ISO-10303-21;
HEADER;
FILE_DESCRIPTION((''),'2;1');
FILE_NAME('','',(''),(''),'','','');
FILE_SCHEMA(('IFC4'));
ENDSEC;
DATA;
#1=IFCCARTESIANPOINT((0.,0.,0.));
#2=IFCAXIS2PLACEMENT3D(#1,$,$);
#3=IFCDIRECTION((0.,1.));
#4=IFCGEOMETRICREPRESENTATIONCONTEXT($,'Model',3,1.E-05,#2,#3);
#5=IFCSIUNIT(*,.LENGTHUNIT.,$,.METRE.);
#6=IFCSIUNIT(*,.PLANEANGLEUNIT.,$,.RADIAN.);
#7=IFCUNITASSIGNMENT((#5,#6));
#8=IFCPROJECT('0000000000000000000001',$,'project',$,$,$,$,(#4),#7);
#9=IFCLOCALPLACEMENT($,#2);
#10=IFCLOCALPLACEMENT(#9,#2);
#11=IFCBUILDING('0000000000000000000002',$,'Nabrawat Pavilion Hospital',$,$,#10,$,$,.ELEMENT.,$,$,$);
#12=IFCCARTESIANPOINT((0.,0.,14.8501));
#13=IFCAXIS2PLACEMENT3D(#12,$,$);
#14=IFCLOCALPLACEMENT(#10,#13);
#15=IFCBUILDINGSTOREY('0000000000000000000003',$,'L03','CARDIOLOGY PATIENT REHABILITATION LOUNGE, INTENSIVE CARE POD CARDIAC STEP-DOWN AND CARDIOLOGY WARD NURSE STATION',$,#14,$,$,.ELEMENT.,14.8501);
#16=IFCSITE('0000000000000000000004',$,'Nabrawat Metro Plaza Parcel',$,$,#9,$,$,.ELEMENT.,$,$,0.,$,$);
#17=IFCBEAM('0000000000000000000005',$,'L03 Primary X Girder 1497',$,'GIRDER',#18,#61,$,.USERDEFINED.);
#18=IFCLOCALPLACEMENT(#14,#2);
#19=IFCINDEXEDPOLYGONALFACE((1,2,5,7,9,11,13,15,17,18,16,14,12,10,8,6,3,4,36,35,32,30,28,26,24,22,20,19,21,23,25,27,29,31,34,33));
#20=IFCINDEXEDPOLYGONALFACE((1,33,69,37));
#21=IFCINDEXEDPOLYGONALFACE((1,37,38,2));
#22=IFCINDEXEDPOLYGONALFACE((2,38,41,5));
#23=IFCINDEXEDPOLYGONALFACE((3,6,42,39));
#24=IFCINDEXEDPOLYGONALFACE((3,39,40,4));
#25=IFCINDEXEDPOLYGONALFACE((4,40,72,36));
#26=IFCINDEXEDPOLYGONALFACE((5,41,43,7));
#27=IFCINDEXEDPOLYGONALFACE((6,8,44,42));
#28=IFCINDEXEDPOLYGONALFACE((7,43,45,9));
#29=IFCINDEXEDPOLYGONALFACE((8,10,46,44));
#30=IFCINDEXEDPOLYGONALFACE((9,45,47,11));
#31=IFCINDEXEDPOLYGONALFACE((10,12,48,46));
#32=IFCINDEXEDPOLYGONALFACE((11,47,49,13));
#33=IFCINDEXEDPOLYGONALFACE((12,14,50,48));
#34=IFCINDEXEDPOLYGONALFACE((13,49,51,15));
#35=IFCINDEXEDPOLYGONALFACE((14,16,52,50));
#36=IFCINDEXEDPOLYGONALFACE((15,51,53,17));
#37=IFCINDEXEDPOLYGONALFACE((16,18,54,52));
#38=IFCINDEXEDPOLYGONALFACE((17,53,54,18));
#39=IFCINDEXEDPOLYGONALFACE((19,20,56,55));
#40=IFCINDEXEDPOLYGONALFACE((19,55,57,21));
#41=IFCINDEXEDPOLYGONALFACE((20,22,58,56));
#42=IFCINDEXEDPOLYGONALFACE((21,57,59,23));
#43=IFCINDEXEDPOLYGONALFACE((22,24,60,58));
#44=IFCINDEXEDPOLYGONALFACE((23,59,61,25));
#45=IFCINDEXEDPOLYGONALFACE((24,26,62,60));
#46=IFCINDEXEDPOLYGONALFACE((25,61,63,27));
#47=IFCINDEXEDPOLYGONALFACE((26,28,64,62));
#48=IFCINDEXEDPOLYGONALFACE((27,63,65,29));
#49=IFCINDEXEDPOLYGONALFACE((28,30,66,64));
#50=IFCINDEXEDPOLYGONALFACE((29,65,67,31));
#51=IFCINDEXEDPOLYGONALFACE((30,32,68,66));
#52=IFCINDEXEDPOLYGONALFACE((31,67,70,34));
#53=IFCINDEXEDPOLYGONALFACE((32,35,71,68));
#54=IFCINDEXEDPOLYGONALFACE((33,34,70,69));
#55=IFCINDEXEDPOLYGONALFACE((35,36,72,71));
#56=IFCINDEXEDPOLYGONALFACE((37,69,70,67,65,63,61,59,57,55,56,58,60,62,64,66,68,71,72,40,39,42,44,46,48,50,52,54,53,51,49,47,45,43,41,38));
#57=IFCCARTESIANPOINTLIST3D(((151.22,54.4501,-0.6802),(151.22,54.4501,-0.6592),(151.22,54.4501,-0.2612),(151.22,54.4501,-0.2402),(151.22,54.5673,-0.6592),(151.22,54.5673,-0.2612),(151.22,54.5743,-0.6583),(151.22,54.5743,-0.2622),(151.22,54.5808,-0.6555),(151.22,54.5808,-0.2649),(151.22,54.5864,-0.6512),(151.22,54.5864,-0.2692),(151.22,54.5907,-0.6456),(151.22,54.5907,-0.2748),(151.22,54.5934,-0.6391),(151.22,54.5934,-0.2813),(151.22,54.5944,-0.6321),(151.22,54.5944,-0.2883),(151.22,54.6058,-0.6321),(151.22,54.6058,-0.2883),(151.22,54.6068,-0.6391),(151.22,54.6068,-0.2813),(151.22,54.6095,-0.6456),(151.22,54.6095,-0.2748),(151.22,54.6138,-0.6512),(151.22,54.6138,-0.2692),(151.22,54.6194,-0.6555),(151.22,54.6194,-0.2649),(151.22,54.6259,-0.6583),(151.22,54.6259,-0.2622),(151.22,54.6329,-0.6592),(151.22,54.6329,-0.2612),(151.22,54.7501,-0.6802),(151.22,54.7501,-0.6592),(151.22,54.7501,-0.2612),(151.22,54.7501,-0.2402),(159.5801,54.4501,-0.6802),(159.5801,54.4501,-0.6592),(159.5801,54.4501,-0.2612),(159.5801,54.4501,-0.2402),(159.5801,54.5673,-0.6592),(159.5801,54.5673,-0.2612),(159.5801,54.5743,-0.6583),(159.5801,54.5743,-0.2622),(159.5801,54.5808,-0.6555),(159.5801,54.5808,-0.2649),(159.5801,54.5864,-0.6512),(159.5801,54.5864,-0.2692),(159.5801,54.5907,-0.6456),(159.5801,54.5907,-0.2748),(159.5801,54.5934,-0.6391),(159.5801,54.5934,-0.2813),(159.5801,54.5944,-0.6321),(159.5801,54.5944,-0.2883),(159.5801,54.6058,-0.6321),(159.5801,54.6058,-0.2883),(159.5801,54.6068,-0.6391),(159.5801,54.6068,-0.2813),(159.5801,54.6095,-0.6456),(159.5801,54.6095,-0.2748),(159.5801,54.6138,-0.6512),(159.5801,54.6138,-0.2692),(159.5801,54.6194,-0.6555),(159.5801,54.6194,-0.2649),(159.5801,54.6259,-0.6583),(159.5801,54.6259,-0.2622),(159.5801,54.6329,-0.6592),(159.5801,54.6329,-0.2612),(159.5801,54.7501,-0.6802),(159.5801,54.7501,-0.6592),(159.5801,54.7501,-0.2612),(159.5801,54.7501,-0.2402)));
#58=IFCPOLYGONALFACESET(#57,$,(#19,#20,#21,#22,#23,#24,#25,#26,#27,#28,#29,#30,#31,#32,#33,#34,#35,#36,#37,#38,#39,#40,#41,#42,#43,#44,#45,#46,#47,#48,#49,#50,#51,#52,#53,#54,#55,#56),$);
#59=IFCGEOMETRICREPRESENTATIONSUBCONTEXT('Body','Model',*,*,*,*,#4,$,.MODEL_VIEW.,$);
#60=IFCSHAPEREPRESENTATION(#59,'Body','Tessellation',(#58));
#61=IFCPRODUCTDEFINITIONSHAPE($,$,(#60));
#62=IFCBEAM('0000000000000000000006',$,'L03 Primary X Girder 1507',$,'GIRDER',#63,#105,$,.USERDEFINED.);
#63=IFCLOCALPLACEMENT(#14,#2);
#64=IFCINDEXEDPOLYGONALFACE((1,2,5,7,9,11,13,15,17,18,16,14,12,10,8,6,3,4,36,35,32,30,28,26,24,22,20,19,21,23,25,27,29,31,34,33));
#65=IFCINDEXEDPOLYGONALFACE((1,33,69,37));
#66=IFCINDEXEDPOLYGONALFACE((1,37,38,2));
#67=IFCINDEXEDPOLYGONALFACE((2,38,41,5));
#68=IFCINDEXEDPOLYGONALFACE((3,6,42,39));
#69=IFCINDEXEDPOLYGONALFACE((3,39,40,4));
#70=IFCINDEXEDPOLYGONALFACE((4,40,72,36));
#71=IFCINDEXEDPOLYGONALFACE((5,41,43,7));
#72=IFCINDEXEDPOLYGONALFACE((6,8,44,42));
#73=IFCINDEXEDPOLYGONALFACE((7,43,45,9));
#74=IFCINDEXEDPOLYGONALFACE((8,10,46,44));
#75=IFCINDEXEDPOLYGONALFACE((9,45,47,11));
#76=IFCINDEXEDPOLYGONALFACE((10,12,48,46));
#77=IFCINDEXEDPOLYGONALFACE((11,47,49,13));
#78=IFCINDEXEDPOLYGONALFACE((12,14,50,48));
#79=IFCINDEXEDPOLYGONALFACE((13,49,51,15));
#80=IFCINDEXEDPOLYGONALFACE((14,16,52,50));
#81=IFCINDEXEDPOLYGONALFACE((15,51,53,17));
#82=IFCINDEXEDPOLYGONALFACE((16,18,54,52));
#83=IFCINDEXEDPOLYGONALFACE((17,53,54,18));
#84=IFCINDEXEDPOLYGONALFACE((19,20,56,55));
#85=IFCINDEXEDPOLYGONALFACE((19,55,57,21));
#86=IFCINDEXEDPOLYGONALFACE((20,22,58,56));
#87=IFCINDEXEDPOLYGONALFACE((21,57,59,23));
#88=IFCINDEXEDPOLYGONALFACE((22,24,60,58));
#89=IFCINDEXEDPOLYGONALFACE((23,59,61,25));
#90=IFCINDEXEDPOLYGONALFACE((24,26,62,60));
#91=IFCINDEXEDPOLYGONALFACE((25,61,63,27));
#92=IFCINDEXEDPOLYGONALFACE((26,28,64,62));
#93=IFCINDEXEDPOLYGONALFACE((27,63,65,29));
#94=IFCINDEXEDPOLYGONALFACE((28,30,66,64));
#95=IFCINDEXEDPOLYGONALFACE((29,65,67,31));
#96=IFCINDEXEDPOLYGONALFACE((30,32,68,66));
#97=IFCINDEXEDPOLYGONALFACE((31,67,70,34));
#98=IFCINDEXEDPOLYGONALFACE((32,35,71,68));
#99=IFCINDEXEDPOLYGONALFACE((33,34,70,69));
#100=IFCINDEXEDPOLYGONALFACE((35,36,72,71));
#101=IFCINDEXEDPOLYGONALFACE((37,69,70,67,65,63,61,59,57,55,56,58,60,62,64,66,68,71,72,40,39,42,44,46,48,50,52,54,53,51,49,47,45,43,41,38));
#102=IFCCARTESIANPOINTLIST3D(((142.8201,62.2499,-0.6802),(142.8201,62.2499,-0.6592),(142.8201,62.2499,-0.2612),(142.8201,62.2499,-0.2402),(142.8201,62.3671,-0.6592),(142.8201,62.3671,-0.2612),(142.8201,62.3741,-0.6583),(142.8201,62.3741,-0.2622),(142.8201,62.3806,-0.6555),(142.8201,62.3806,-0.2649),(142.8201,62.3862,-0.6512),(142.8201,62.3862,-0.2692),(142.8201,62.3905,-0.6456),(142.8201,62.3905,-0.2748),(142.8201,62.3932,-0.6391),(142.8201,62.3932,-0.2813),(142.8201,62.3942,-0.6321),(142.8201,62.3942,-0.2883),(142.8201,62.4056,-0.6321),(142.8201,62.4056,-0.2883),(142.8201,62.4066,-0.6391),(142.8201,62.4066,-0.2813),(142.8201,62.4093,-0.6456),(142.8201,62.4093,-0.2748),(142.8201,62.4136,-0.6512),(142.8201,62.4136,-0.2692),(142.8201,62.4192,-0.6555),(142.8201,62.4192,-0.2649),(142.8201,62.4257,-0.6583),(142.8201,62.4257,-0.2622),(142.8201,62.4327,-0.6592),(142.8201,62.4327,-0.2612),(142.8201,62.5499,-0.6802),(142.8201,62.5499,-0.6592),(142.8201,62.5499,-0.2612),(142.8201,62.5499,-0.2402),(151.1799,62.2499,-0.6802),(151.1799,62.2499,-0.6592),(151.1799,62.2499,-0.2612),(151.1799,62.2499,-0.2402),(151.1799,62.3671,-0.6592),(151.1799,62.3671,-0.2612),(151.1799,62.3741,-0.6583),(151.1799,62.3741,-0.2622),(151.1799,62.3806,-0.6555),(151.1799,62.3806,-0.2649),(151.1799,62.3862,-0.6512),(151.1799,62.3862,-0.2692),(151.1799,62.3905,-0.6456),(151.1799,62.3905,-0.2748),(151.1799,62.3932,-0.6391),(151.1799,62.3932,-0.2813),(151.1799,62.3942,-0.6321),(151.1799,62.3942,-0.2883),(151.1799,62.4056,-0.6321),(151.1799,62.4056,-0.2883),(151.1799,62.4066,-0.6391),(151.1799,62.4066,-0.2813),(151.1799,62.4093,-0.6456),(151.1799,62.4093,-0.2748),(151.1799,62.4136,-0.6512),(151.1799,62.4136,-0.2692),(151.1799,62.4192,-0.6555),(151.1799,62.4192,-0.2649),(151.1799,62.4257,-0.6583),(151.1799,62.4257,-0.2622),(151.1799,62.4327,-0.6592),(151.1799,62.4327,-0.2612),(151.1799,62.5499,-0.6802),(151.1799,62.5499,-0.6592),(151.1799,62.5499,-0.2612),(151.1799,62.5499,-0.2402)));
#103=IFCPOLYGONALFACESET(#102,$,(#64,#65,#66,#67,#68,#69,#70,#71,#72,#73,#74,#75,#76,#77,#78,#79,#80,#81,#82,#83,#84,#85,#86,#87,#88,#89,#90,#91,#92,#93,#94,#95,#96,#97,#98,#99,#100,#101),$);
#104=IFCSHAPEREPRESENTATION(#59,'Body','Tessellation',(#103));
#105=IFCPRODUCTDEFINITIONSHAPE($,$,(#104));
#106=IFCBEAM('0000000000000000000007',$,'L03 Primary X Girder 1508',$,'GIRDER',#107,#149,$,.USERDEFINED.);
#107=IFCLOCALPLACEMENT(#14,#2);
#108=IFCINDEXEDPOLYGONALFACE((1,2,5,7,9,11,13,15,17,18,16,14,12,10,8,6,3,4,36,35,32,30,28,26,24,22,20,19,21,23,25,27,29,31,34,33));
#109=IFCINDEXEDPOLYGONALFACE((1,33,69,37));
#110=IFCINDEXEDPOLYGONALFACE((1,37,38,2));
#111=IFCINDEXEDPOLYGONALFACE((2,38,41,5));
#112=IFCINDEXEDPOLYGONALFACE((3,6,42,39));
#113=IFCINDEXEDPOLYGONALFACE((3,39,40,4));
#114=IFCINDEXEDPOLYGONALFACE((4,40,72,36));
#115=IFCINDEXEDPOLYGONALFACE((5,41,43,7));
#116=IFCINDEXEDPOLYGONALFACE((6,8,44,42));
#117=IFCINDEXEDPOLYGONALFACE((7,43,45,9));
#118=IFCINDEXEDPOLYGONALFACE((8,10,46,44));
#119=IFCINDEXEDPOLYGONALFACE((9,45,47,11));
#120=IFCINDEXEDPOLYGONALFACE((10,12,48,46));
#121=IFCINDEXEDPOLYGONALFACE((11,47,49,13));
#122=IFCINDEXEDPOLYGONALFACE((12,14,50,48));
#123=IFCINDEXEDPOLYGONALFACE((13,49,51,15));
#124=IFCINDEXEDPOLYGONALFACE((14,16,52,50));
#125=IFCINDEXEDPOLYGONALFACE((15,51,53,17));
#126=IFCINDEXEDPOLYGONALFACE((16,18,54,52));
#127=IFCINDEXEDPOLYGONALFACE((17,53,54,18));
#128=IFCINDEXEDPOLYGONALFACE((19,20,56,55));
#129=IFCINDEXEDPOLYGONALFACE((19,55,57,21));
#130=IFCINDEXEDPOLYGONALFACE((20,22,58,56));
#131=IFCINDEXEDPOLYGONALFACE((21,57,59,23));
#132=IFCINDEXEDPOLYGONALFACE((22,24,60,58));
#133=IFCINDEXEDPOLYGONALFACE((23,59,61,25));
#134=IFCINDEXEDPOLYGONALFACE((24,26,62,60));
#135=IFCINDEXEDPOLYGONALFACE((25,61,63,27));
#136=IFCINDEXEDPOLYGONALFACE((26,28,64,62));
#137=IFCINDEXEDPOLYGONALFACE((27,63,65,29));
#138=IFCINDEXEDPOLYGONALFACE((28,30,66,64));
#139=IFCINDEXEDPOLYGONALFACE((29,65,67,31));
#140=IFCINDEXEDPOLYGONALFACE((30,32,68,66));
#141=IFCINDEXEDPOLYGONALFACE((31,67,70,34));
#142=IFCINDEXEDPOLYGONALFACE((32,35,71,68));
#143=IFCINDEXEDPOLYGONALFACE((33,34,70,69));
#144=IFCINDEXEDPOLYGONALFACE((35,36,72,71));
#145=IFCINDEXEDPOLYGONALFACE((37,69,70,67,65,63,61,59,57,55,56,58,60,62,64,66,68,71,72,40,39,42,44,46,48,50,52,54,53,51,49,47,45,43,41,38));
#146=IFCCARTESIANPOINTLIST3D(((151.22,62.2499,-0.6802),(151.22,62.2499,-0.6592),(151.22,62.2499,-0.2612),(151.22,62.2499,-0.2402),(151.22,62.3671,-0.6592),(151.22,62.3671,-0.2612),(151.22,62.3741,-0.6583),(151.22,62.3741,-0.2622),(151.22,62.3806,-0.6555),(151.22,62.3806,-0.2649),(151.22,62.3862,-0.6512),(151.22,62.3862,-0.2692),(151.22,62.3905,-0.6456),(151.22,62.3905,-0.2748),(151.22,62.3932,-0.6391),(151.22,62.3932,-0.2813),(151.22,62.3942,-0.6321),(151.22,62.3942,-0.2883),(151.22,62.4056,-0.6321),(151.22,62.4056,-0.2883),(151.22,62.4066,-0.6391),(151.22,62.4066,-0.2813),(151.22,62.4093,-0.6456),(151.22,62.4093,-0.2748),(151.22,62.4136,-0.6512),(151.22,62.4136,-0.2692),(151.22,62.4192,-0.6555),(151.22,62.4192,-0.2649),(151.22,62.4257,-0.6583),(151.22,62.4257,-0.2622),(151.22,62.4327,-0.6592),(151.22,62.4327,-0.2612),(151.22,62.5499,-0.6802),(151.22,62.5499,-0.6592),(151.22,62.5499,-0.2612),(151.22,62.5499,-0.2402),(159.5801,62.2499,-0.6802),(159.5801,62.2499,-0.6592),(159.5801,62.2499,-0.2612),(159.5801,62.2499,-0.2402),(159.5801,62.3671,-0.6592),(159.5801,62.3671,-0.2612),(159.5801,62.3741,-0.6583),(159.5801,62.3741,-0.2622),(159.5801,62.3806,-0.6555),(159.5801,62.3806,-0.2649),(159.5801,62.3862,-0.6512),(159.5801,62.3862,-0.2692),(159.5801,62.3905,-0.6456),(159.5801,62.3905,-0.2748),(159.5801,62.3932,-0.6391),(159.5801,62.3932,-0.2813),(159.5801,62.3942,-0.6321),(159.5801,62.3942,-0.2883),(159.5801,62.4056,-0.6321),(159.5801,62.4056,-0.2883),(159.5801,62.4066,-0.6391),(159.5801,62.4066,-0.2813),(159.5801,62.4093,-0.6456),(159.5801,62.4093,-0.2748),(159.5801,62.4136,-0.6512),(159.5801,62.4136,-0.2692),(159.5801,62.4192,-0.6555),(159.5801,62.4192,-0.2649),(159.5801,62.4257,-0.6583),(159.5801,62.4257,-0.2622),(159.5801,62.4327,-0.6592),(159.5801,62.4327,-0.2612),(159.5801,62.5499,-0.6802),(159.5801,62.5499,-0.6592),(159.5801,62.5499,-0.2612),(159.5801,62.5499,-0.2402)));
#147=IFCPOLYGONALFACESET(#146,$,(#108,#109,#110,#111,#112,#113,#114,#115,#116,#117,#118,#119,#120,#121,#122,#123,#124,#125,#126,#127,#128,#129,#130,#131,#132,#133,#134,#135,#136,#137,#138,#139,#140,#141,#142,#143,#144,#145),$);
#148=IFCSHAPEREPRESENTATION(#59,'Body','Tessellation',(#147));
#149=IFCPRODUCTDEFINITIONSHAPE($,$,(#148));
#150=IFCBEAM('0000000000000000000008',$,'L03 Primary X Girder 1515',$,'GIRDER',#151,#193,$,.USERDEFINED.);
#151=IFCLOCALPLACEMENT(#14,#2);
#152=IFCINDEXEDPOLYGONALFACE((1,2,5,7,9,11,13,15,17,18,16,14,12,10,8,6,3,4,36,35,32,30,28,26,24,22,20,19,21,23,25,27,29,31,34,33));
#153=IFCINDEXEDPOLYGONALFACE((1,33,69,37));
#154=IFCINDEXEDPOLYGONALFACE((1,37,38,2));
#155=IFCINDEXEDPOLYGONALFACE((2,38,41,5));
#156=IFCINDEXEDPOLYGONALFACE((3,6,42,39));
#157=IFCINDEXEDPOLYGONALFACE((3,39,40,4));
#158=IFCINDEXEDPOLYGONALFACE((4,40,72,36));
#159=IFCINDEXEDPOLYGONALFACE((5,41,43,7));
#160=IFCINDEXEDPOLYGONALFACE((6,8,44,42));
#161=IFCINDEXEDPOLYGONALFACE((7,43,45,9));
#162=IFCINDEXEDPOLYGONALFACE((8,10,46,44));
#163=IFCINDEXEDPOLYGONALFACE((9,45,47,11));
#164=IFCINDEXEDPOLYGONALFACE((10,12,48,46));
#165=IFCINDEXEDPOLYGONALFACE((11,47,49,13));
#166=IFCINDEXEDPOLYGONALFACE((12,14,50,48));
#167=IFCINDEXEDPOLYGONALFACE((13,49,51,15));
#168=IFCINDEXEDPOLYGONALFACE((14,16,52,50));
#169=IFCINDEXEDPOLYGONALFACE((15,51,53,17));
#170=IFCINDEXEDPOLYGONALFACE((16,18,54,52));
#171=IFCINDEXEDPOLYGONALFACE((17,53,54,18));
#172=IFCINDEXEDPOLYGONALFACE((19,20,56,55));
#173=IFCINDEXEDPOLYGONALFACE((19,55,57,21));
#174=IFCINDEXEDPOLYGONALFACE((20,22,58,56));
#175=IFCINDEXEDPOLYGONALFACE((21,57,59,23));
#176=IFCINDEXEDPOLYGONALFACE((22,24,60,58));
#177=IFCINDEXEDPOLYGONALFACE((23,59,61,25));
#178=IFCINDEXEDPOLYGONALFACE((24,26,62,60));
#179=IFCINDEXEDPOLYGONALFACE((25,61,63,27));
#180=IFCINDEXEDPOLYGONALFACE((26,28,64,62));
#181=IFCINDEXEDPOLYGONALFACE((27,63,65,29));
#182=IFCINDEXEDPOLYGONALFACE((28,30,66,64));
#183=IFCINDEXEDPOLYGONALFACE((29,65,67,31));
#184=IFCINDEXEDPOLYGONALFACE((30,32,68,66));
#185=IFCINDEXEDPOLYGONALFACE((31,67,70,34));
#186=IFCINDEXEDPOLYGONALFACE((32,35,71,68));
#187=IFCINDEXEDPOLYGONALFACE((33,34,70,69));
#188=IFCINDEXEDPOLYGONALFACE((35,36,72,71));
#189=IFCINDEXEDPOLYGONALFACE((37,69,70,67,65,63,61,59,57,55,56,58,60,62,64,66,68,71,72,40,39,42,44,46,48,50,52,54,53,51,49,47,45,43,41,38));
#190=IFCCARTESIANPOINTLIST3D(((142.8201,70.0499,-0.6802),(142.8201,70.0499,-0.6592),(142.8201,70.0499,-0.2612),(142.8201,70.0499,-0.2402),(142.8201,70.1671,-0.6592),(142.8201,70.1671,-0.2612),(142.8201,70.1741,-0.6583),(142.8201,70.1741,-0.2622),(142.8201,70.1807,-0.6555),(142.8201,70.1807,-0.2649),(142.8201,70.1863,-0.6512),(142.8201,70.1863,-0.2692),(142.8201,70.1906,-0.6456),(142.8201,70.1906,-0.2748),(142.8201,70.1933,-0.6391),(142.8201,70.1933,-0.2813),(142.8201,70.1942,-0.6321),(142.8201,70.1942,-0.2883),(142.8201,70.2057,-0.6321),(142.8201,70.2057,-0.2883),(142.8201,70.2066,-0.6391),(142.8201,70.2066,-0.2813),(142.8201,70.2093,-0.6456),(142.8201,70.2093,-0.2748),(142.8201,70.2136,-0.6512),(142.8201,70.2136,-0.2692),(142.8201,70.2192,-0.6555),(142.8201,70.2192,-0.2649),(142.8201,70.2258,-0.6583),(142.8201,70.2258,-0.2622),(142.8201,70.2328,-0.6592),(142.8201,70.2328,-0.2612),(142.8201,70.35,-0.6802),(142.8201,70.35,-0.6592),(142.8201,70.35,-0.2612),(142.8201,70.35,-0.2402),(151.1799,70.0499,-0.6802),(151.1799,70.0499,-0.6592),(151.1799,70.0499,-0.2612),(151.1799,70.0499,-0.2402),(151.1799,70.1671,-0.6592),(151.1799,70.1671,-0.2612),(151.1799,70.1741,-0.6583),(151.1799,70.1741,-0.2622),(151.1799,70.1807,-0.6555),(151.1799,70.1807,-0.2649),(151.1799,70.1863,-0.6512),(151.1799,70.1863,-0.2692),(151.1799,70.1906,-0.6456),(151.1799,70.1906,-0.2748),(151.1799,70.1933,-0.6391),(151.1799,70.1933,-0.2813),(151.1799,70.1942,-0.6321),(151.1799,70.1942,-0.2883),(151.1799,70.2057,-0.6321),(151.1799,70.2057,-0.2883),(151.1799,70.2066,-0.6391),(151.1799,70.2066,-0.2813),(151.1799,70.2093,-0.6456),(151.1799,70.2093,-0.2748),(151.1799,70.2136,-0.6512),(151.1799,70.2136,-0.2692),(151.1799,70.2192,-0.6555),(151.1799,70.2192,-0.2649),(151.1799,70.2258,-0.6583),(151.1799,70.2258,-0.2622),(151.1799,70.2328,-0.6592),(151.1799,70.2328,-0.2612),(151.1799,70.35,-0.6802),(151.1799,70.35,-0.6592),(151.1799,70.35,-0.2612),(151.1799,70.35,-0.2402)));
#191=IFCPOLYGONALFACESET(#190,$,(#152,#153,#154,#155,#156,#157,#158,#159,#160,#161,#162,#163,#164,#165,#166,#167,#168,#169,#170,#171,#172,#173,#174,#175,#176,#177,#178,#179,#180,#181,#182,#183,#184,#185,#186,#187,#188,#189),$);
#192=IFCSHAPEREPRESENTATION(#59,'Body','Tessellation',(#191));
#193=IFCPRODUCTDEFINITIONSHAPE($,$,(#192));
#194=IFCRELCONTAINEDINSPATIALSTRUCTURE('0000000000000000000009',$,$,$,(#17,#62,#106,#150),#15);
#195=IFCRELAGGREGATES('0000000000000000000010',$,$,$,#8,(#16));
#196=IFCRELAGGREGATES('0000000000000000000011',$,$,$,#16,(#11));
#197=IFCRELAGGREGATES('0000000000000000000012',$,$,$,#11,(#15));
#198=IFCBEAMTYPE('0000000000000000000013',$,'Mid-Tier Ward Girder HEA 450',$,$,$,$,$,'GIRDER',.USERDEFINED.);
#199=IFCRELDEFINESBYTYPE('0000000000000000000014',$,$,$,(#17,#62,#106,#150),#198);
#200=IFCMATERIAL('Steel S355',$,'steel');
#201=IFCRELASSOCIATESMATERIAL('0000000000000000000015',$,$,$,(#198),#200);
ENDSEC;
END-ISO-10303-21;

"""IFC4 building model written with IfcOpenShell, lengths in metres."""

from ifc_helpers import new_model, si_unit, direction, frame, origin, origin_2d, place, context, subcontext, project, spatial, i_section, extrude, material, material_profile, profile_set, type_object, element, save


model = new_model("IFC4")

# Units and contexts
model_context = context("Model", 3, precision=1e-05, world=origin(), true_north=direction((0.0, 1.0)))
body_context = subcontext(model_context, "Body", "Model", "MODEL_VIEW")
ifc_project = project(units=[si_unit("LENGTHUNIT", "METRE"), si_unit("PLANEANGLEUNIT", "RADIAN")], contexts=[model_context])

# Site, building, storey
site_placement = place(None, origin())
site = spatial("IfcSite", under=ifc_project, at=site_placement, Name="Nabrawat Metro Plaza Parcel", CompositionType="ELEMENT", RefElevation=0.0)
building_placement = place(site_placement, origin())
building = spatial("IfcBuilding", under=site, at=building_placement, Name="Nabrawat Pavilion Hospital", CompositionType="ELEMENT")
storey_placement = place(building_placement, frame((0.0, 0.0, 14.8501)))
storey = spatial("IfcBuildingStorey", under=building, at=storey_placement, Name="L03", Description="CARDIOLOGY PATIENT REHABILITATION LOUNGE, INTENSIVE CARE POD CARDIAC STEP-DOWN AND CARDIOLOGY WARD NURSE STATION", CompositionType="ELEMENT", Elevation=14.8501)

# Shared definitions
ifc_material_1 = material(Name="Steel S355", Category="steel")

# Beams
ifc_material_profile_1 = material_profile(ifc_material_1, i_section(OverallWidth=0.3, OverallDepth=0.4399, WebThickness=0.0115, FlangeThickness=0.021, FilletRadius=0.0271, at=origin_2d()), Name="HEA 450")
ifc_profile_set_1 = profile_set([ifc_material_profile_1], Name="Steel S355")
beam_type_1 = type_object("IfcBeamType", Name="Mid-Tier Ward Girder HEA 450", ElementType="GIRDER", PredefinedType="USERDEFINED", material=ifc_profile_set_1)
beam_1_placement = place(storey_placement, frame((151.22, 54.6001, -0.4602), z_axis=(1.0, 0.0, 0.0), x_axis=(0.0, 1.0, 0.0)))
element("IfcBeam", 1, at=beam_1_placement, inside=storey, type_object=beam_type_1, Name="L03 Primary X Girder 1497", ObjectType="GIRDER", PredefinedType="USERDEFINED", context=body_context, shape_type="SweptSolid", body=[
    extrude(i_section(OverallWidth=0.3, OverallDepth=0.4399, WebThickness=0.0115, FlangeThickness=0.021, FilletRadius=0.0271, at=origin_2d()), origin(), (0.0, 0.0, 1.0), 8.3601),
])
beam_2_placement = place(storey_placement, frame((142.8201, 62.3999, -0.4602), z_axis=(1.0, 0.0, 0.0), x_axis=(0.0, 1.0, 0.0)))
element("IfcBeam", 2, at=beam_2_placement, inside=storey, type_object=beam_type_1, Name="L03 Primary X Girder 1507", ObjectType="GIRDER", PredefinedType="USERDEFINED", context=body_context, shape_type="SweptSolid", body=[
    extrude(i_section(OverallWidth=0.3, OverallDepth=0.4399, WebThickness=0.0115, FlangeThickness=0.021, FilletRadius=0.0271, at=origin_2d()), origin(), (0.0, 0.0, 1.0), 8.3599),
])
beam_3_placement = place(storey_placement, frame((151.22, 62.3999, -0.4602), z_axis=(1.0, 0.0, 0.0), x_axis=(0.0, 1.0, 0.0)))
element("IfcBeam", 3, at=beam_3_placement, inside=storey, type_object=beam_type_1, Name="L03 Primary X Girder 1508", ObjectType="GIRDER", PredefinedType="USERDEFINED", context=body_context, shape_type="SweptSolid", body=[
    extrude(i_section(OverallWidth=0.3, OverallDepth=0.4399, WebThickness=0.0115, FlangeThickness=0.021, FilletRadius=0.0271, at=origin_2d()), origin(), (0.0, 0.0, 1.0), 8.3601),
])
beam_4_placement = place(storey_placement, frame((142.8201, 70.2, -0.4602), z_axis=(1.0, 0.0, 0.0), x_axis=(0.0, 1.0, 0.0)))
element("IfcBeam", 4, at=beam_4_placement, inside=storey, type_object=beam_type_1, Name="L03 Primary X Girder 1515", ObjectType="GIRDER", PredefinedType="USERDEFINED", context=body_context, shape_type="SweptSolid", body=[
    extrude(i_section(OverallWidth=0.3, OverallDepth=0.4399, WebThickness=0.0115, FlangeThickness=0.021, FilletRadius=0.0271, at=origin_2d()), origin(), (0.0, 0.0, 1.0), 8.3599),
])

save(model, "model.ifc")
